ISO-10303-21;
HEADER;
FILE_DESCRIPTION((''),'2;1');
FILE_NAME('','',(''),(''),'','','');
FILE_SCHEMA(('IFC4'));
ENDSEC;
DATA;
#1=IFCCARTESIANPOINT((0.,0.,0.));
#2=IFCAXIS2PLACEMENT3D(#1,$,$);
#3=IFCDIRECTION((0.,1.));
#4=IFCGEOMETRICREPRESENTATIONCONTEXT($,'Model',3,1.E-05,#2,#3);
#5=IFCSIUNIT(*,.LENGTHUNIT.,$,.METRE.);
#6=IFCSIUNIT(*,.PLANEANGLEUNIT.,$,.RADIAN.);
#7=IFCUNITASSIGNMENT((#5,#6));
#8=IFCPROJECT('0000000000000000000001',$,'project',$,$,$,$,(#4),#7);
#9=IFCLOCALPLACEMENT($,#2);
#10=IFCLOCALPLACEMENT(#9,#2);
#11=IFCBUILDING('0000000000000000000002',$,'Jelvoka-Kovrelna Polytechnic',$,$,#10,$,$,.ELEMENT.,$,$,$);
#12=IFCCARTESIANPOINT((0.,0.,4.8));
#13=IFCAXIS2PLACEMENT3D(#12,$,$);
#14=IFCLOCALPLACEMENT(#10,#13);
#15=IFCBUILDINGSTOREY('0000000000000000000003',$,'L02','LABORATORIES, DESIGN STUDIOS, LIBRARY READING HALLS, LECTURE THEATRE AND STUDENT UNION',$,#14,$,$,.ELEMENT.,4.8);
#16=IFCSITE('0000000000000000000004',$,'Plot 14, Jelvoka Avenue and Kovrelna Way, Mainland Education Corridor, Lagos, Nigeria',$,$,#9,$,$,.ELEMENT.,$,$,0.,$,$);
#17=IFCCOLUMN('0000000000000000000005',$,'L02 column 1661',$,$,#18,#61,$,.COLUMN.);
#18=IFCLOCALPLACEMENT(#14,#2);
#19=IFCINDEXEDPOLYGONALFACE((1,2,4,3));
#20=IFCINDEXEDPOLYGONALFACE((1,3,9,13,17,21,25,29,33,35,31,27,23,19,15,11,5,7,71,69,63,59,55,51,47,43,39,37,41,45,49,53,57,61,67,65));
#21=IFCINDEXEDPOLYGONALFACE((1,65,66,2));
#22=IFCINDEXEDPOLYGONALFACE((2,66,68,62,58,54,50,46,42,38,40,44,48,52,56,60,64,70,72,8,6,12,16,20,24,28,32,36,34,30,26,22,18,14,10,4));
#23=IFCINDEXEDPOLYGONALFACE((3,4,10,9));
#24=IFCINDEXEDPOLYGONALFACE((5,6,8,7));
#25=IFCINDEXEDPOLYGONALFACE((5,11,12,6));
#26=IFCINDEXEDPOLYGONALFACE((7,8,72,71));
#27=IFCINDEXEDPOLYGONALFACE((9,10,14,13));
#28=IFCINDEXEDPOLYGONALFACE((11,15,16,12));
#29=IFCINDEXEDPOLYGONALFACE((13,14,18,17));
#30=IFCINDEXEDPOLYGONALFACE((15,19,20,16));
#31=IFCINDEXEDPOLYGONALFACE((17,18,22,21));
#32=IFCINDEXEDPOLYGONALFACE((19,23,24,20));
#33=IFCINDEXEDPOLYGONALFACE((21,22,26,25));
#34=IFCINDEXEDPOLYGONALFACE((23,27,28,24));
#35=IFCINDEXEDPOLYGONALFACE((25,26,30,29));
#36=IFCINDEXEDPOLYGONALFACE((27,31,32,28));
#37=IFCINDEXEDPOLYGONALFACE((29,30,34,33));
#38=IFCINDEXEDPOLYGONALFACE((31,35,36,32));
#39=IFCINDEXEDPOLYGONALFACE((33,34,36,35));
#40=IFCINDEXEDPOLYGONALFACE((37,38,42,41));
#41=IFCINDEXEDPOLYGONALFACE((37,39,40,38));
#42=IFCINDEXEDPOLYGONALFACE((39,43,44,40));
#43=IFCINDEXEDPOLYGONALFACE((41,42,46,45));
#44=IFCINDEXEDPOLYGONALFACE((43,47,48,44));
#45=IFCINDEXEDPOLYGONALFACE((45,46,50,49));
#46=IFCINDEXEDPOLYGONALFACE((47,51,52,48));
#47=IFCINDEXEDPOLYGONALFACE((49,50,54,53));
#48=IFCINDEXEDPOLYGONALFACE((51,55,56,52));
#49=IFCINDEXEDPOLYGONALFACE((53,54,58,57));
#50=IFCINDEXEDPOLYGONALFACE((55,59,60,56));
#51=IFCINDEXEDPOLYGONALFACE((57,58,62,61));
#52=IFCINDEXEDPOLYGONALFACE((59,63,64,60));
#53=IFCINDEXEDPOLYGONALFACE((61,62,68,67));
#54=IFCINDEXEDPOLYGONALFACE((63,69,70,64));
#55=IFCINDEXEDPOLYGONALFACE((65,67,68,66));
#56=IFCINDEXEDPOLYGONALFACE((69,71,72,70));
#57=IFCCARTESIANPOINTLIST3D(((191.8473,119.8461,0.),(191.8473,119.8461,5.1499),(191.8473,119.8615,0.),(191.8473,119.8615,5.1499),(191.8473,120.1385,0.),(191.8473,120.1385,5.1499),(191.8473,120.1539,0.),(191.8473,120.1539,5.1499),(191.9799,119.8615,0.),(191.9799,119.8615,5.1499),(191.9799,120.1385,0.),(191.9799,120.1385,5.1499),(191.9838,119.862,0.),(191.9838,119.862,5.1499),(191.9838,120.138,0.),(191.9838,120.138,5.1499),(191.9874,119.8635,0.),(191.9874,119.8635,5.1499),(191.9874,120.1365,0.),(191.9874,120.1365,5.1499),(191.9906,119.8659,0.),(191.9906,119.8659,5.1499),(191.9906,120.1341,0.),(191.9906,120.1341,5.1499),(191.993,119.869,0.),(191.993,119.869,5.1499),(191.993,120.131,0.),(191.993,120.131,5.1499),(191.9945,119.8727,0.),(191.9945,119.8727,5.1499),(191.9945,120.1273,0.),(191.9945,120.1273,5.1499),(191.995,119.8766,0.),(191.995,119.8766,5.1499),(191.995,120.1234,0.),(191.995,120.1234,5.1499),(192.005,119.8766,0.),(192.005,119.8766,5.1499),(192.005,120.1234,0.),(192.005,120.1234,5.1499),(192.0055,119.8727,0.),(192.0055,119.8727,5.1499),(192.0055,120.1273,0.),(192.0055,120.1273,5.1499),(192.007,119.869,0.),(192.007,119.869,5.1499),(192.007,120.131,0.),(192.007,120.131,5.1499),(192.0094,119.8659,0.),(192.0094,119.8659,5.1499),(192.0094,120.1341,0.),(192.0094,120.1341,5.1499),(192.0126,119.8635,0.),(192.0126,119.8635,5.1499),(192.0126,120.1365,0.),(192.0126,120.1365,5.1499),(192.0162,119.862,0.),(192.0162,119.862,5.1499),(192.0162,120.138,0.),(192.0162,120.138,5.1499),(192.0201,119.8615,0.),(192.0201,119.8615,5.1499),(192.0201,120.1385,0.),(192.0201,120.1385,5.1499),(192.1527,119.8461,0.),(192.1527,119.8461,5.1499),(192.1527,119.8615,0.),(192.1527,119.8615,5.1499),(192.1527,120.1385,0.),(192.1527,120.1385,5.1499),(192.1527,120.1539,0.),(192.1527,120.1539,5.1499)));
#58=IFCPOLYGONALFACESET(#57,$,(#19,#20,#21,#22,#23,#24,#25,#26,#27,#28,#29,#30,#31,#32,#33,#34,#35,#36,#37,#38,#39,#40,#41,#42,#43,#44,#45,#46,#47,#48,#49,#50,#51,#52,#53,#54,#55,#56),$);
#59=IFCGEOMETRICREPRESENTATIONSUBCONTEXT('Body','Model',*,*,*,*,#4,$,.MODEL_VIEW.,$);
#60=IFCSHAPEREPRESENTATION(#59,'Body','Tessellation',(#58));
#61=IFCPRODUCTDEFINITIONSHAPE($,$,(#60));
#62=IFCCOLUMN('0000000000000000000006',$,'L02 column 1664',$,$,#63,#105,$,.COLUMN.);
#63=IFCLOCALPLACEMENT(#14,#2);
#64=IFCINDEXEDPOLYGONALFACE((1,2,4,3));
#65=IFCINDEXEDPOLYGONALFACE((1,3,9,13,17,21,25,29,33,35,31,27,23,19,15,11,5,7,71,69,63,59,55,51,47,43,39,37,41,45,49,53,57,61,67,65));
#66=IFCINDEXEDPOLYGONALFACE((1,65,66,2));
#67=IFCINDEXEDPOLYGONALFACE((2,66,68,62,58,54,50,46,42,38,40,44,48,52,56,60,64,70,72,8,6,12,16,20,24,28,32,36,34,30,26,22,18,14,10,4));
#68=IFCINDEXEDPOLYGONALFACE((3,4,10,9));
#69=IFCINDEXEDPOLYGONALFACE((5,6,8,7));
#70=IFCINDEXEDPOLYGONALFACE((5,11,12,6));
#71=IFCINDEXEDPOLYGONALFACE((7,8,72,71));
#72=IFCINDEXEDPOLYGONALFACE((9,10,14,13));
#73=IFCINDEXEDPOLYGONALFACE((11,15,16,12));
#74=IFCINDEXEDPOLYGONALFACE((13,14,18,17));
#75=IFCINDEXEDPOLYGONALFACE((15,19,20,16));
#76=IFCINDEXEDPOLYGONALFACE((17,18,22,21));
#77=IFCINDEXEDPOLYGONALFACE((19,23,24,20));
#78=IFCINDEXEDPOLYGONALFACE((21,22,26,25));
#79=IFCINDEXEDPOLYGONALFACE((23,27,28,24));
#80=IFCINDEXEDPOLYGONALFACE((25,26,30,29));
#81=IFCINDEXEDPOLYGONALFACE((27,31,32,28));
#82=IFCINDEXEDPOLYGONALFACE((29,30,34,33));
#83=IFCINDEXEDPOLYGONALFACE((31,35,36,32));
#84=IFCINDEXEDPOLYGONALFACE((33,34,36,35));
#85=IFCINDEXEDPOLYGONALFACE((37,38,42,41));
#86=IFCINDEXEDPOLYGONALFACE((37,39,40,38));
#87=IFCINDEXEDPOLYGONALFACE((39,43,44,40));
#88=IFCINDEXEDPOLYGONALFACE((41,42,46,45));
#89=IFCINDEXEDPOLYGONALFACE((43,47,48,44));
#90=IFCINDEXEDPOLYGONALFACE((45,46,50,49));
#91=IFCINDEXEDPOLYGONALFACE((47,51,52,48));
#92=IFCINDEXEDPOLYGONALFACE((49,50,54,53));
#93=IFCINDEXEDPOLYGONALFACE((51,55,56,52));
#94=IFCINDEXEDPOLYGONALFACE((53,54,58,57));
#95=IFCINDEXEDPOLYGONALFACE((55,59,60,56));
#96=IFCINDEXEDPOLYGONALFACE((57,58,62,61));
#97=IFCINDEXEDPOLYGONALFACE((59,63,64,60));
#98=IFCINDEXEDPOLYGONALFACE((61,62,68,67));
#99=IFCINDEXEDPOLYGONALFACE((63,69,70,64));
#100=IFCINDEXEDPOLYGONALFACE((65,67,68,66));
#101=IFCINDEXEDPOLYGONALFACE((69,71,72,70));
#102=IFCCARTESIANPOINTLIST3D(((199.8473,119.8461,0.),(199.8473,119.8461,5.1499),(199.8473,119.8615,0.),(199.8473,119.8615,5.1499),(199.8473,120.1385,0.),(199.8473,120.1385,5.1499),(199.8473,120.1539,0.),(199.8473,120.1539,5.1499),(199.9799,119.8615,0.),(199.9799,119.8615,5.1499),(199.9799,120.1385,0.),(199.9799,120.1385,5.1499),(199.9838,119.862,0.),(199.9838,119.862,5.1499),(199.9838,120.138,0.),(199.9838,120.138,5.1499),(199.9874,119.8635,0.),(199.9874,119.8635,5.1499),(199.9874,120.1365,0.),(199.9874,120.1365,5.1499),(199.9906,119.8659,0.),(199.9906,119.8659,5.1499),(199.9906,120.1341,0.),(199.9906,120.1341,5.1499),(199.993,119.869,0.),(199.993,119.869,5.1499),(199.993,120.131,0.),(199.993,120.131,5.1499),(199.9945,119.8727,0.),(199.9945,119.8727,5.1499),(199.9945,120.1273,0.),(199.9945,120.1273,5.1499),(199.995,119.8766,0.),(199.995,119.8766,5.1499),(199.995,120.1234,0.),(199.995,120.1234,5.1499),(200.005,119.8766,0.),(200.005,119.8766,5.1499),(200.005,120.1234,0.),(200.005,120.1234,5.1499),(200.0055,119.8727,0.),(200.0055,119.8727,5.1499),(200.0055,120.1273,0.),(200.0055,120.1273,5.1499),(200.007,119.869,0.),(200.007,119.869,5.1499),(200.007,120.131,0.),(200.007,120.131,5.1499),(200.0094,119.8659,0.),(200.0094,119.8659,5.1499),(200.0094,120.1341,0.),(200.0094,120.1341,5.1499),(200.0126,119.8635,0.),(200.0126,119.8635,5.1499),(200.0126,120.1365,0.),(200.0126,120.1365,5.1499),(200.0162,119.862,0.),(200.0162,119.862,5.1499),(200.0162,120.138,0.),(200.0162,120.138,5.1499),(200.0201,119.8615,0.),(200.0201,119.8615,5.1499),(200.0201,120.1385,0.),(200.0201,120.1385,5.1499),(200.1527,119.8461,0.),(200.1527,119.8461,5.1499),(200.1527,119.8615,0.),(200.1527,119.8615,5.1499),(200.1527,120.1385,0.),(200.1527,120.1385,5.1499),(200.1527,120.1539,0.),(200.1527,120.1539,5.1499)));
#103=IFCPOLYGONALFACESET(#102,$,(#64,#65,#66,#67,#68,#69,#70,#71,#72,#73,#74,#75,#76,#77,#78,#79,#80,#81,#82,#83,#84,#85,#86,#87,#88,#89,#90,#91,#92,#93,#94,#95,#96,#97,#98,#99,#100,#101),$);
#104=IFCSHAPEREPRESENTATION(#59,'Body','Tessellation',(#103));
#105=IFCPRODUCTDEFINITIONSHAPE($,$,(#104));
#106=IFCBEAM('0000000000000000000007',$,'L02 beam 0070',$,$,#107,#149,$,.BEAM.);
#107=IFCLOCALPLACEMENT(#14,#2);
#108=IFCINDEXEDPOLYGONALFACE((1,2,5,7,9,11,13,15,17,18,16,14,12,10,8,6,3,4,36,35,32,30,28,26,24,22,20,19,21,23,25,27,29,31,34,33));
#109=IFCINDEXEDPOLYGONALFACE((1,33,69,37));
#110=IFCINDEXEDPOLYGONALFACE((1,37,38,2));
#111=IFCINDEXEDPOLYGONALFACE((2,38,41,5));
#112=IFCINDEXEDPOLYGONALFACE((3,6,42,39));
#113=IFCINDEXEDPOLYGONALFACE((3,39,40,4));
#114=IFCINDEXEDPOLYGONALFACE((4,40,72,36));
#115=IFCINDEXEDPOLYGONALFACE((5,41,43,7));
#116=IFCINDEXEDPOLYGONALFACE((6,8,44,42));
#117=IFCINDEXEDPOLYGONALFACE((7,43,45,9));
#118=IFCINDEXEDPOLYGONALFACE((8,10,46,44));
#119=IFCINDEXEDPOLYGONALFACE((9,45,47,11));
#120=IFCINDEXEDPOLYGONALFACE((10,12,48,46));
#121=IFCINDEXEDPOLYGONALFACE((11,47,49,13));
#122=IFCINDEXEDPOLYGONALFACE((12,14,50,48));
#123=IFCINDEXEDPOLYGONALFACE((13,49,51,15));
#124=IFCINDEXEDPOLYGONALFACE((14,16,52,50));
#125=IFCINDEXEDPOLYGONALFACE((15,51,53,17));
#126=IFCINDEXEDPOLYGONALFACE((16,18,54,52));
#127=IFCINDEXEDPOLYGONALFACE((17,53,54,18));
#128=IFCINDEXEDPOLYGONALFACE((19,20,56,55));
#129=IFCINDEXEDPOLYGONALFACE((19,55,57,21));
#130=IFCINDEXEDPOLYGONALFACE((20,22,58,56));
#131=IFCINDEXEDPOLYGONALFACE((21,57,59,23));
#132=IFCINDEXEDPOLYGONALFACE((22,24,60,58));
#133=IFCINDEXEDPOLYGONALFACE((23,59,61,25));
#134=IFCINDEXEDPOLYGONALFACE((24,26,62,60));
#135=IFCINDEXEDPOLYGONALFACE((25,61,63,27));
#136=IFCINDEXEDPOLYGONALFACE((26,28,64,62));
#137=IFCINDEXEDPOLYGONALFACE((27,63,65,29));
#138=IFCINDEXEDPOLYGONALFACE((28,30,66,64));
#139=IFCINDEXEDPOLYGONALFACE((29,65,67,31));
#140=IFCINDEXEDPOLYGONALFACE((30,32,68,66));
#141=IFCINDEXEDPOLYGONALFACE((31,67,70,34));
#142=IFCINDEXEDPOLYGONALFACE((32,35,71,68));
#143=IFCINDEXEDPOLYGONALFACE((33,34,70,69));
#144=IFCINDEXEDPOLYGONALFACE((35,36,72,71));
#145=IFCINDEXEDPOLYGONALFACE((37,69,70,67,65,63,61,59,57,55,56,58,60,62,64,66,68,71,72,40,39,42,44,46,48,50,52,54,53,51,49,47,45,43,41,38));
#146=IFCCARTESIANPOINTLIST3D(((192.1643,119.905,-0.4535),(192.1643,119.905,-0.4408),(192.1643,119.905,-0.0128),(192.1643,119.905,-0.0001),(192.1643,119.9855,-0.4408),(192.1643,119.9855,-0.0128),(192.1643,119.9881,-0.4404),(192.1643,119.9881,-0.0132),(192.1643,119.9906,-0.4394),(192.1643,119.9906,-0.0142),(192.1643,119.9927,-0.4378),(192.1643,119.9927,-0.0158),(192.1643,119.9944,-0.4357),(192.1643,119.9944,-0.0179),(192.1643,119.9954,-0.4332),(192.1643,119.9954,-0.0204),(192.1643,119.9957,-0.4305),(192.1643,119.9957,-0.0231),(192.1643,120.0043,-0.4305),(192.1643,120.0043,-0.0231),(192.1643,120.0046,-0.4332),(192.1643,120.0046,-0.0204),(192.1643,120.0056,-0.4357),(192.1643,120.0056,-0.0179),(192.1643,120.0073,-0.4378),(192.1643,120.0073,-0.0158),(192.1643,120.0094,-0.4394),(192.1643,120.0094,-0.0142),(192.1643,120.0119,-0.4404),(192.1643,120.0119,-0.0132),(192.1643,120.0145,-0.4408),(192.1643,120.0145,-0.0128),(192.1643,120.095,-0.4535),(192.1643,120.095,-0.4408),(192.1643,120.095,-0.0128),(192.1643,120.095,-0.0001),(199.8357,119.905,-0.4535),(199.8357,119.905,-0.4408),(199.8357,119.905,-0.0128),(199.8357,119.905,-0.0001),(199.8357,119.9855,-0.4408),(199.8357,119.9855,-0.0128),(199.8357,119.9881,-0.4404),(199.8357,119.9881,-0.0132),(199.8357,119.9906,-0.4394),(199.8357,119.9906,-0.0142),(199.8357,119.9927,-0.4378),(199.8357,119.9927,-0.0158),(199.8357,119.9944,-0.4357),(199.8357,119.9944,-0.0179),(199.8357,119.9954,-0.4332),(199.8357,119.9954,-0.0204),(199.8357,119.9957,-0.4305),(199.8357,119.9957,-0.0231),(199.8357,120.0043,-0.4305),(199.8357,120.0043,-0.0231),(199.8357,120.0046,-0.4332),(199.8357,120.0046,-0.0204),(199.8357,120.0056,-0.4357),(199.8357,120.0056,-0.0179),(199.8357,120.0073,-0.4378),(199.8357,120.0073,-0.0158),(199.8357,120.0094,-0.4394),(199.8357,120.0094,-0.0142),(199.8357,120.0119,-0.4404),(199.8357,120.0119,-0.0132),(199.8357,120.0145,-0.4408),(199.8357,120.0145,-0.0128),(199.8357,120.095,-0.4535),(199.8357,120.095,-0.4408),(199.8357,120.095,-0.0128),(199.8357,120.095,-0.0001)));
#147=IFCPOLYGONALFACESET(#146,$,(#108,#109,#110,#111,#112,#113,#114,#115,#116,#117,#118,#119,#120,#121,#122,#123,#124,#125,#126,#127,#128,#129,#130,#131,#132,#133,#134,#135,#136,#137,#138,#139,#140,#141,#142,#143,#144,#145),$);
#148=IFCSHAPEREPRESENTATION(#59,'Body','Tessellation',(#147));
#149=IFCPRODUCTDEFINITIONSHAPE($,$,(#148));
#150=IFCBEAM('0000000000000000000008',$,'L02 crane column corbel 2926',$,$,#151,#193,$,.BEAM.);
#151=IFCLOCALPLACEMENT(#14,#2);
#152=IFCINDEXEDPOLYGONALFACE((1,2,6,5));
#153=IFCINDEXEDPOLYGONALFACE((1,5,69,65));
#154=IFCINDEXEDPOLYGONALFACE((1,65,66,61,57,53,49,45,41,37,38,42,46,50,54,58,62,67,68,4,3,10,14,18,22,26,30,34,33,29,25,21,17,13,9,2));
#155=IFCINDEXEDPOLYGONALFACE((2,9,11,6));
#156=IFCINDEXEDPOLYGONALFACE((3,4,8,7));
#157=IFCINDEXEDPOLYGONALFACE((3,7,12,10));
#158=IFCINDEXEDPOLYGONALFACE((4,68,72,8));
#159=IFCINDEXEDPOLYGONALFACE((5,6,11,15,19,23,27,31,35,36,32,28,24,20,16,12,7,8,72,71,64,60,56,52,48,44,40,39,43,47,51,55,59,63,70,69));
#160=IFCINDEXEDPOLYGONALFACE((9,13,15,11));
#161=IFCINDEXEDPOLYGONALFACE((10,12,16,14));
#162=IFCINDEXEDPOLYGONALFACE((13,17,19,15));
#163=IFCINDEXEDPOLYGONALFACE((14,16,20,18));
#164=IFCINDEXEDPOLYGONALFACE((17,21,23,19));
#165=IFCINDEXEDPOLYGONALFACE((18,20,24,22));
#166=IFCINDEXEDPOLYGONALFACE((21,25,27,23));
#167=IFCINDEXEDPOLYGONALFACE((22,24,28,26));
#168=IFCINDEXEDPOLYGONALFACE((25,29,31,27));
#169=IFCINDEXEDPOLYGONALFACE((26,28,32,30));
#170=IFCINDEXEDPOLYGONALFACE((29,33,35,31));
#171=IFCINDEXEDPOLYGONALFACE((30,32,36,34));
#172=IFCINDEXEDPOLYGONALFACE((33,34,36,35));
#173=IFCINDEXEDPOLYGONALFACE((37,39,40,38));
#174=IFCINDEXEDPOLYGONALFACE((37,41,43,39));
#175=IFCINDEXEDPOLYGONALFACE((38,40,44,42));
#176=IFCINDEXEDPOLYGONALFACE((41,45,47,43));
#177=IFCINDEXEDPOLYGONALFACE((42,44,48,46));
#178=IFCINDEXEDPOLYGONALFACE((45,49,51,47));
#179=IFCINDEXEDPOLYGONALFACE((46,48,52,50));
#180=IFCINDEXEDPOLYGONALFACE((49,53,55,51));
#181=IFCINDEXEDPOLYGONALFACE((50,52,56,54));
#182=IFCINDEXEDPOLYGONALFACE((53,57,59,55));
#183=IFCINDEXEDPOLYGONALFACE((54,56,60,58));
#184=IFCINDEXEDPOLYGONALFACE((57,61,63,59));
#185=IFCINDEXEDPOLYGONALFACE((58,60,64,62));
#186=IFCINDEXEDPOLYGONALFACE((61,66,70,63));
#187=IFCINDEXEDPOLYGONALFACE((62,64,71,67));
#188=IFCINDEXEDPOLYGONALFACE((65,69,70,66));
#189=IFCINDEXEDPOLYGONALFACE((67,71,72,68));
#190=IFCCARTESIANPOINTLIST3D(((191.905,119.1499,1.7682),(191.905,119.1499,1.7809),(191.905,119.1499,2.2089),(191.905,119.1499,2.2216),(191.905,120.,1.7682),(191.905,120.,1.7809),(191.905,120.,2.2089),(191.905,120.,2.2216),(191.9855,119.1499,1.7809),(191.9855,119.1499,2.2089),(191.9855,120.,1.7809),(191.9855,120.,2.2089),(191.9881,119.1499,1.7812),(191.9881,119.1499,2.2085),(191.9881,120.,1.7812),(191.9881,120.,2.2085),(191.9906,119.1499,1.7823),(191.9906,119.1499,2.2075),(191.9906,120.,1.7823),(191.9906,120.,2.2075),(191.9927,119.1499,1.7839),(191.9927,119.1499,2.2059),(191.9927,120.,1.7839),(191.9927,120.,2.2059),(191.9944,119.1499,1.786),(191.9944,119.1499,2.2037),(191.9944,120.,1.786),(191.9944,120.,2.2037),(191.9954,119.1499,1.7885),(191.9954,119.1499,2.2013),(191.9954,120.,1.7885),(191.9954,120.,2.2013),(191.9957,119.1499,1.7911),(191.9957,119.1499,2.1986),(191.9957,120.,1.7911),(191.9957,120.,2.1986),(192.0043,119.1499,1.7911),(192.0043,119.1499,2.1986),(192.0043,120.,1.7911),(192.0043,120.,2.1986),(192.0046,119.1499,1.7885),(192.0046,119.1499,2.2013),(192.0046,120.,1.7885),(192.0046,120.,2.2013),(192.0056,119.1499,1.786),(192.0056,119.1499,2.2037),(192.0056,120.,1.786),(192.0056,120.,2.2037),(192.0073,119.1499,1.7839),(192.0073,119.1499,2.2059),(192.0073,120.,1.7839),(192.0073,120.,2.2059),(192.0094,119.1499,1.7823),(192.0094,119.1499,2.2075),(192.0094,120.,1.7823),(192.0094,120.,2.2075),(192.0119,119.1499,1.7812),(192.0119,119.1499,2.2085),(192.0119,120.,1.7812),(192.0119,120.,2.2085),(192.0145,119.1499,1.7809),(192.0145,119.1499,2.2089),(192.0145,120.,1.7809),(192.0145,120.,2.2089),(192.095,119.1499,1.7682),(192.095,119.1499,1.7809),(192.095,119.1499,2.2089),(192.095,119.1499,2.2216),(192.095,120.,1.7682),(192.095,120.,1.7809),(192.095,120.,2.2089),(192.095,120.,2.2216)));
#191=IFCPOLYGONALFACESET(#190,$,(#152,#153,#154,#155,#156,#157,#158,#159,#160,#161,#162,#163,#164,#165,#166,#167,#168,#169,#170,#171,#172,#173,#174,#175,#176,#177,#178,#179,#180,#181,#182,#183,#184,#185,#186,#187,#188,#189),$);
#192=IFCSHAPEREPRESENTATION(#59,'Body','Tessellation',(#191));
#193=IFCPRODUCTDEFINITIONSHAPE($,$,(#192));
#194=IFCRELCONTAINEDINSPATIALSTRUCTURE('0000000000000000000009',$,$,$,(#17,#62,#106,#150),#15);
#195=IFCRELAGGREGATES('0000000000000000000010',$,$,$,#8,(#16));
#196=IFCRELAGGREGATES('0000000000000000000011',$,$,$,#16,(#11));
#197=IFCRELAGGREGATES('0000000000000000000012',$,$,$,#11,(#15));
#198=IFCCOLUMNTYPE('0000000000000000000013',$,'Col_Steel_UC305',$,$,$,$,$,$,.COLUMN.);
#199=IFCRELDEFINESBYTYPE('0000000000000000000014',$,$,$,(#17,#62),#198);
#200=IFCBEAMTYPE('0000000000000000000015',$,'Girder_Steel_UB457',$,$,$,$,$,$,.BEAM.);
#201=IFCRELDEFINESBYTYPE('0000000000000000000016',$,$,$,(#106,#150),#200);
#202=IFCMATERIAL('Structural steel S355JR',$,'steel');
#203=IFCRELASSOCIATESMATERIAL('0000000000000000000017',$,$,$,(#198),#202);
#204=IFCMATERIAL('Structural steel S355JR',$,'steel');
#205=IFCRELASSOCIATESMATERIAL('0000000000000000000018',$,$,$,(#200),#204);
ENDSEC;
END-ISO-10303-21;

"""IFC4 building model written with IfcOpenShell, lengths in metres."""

from ifc_helpers import new_model, si_unit, direction, frame, origin, origin_2d, place, context, subcontext, project, spatial, i_section, extrude, material, material_profile, profile_set, type_object, element, save


model = new_model("IFC4")

# Units and contexts
model_context = context("Model", 3, precision=1e-05, world=origin(), true_north=direction((0.0, 1.0)))
body_context = subcontext(model_context, "Body", "Model", "MODEL_VIEW")
ifc_project = project(units=[si_unit("LENGTHUNIT", "METRE"), si_unit("PLANEANGLEUNIT", "RADIAN")], contexts=[model_context])

# Site, building, storey
site_placement = place(None, origin())
site = spatial("IfcSite", under=ifc_project, at=site_placement, Name="Plot 14, Jelvoka Avenue and Kovrelna Way, Mainland Education Corridor, Lagos, Nigeria", CompositionType="ELEMENT", RefElevation=0.0)
building_placement = place(site_placement, origin())
building = spatial("IfcBuilding", under=site, at=building_placement, Name="Jelvoka-Kovrelna Polytechnic", CompositionType="ELEMENT")
storey_placement = place(building_placement, frame((0.0, 0.0, 4.8)))
storey = spatial("IfcBuildingStorey", under=building, at=storey_placement, Name="L02", Description="LABORATORIES, DESIGN STUDIOS, LIBRARY READING HALLS, LECTURE THEATRE AND STUDENT UNION", CompositionType="ELEMENT", Elevation=4.8)

# Columns
ifc_material_1 = material(Name="Structural steel S355JR", Category="steel")
ifc_material_profile_1 = material_profile(ifc_material_1, i_section(OverallWidth=0.3054, OverallDepth=0.3079, WebThickness=0.01, FlangeThickness=0.0154, FilletRadius=0.0151, at=origin_2d()), Name="305x305x97 UC")
ifc_profile_set_1 = profile_set([ifc_material_profile_1], Name="Structural steel S355JR")
column_type = type_object("IfcColumnType", Name="Col_Steel_UC305", PredefinedType="COLUMN", material=ifc_profile_set_1)
for number, where, z_axis, x_axis, name in (
    (1, (192.0, 120.0, 0.0), (0.0, 0.0, 1.0), (1.0, 0.0, 0.0), "L02 column 1661"),
    (2, (200.0, 120.0, 0.0), (0.0, 0.0, 1.0), (1.0, 0.0, 0.0), "L02 column 1664"),
):
    element("IfcColumn", number, at=place(storey_placement, frame(where, z_axis=z_axis, x_axis=x_axis)), inside=storey, type_object=column_type, Name=name, PredefinedType="COLUMN", context=body_context, shape_type="SweptSolid", body=[
        extrude(i_section(OverallWidth=0.3054, OverallDepth=0.3079, WebThickness=0.01, FlangeThickness=0.0154, FilletRadius=0.0151, at=origin_2d()), origin(), (0.0, 0.0, 1.0), 5.1499),
    ])

# Beams
ifc_material_2 = material(Name="Structural steel S355JR", Category="steel")
ifc_material_profile_2 = material_profile(ifc_material_2, i_section(OverallWidth=0.1899, OverallDepth=0.4534, WebThickness=0.0085, FlangeThickness=0.0127, FilletRadius=0.0103, at=origin_2d()), Name="457x191x67 UB")
ifc_profile_set_2 = profile_set([ifc_material_profile_2], Name="Structural steel S355JR")
beam_type = type_object("IfcBeamType", Name="Girder_Steel_UB457", PredefinedType="BEAM", material=ifc_profile_set_2)
beam_1_placement = place(storey_placement, frame((192.1643, 120.0, -0.2268), z_axis=(1.0, 0.0, 0.0), x_axis=(0.0, 1.0, 0.0)))
element("IfcBeam", 3, at=beam_1_placement, inside=storey, type_object=beam_type, Name="L02 beam 0070", PredefinedType="BEAM", context=body_context, shape_type="SweptSolid", body=[
    extrude(i_section(OverallWidth=0.1899, OverallDepth=0.4534, WebThickness=0.0085, FlangeThickness=0.0127, FilletRadius=0.0103, at=origin_2d()), origin(), (0.0, 0.0, 1.0), 7.6714),
])
beam_2_placement = place(storey_placement, frame((192.0, 120.0, 1.9949), z_axis=(0.0, -1.0, 0.0), x_axis=(1.0, 0.0, 0.0)))
element("IfcBeam", 4, at=beam_2_placement, inside=storey, type_object=beam_type, Name="L02 crane column corbel 2926", PredefinedType="BEAM", context=body_context, shape_type="SweptSolid", body=[
    extrude(i_section(OverallWidth=0.1899, OverallDepth=0.4534, WebThickness=0.0085, FlangeThickness=0.0127, FilletRadius=0.0103, at=origin_2d()), origin(), (0.0, 0.0, 1.0), 0.8501),
])

save(model, "model.ifc")
